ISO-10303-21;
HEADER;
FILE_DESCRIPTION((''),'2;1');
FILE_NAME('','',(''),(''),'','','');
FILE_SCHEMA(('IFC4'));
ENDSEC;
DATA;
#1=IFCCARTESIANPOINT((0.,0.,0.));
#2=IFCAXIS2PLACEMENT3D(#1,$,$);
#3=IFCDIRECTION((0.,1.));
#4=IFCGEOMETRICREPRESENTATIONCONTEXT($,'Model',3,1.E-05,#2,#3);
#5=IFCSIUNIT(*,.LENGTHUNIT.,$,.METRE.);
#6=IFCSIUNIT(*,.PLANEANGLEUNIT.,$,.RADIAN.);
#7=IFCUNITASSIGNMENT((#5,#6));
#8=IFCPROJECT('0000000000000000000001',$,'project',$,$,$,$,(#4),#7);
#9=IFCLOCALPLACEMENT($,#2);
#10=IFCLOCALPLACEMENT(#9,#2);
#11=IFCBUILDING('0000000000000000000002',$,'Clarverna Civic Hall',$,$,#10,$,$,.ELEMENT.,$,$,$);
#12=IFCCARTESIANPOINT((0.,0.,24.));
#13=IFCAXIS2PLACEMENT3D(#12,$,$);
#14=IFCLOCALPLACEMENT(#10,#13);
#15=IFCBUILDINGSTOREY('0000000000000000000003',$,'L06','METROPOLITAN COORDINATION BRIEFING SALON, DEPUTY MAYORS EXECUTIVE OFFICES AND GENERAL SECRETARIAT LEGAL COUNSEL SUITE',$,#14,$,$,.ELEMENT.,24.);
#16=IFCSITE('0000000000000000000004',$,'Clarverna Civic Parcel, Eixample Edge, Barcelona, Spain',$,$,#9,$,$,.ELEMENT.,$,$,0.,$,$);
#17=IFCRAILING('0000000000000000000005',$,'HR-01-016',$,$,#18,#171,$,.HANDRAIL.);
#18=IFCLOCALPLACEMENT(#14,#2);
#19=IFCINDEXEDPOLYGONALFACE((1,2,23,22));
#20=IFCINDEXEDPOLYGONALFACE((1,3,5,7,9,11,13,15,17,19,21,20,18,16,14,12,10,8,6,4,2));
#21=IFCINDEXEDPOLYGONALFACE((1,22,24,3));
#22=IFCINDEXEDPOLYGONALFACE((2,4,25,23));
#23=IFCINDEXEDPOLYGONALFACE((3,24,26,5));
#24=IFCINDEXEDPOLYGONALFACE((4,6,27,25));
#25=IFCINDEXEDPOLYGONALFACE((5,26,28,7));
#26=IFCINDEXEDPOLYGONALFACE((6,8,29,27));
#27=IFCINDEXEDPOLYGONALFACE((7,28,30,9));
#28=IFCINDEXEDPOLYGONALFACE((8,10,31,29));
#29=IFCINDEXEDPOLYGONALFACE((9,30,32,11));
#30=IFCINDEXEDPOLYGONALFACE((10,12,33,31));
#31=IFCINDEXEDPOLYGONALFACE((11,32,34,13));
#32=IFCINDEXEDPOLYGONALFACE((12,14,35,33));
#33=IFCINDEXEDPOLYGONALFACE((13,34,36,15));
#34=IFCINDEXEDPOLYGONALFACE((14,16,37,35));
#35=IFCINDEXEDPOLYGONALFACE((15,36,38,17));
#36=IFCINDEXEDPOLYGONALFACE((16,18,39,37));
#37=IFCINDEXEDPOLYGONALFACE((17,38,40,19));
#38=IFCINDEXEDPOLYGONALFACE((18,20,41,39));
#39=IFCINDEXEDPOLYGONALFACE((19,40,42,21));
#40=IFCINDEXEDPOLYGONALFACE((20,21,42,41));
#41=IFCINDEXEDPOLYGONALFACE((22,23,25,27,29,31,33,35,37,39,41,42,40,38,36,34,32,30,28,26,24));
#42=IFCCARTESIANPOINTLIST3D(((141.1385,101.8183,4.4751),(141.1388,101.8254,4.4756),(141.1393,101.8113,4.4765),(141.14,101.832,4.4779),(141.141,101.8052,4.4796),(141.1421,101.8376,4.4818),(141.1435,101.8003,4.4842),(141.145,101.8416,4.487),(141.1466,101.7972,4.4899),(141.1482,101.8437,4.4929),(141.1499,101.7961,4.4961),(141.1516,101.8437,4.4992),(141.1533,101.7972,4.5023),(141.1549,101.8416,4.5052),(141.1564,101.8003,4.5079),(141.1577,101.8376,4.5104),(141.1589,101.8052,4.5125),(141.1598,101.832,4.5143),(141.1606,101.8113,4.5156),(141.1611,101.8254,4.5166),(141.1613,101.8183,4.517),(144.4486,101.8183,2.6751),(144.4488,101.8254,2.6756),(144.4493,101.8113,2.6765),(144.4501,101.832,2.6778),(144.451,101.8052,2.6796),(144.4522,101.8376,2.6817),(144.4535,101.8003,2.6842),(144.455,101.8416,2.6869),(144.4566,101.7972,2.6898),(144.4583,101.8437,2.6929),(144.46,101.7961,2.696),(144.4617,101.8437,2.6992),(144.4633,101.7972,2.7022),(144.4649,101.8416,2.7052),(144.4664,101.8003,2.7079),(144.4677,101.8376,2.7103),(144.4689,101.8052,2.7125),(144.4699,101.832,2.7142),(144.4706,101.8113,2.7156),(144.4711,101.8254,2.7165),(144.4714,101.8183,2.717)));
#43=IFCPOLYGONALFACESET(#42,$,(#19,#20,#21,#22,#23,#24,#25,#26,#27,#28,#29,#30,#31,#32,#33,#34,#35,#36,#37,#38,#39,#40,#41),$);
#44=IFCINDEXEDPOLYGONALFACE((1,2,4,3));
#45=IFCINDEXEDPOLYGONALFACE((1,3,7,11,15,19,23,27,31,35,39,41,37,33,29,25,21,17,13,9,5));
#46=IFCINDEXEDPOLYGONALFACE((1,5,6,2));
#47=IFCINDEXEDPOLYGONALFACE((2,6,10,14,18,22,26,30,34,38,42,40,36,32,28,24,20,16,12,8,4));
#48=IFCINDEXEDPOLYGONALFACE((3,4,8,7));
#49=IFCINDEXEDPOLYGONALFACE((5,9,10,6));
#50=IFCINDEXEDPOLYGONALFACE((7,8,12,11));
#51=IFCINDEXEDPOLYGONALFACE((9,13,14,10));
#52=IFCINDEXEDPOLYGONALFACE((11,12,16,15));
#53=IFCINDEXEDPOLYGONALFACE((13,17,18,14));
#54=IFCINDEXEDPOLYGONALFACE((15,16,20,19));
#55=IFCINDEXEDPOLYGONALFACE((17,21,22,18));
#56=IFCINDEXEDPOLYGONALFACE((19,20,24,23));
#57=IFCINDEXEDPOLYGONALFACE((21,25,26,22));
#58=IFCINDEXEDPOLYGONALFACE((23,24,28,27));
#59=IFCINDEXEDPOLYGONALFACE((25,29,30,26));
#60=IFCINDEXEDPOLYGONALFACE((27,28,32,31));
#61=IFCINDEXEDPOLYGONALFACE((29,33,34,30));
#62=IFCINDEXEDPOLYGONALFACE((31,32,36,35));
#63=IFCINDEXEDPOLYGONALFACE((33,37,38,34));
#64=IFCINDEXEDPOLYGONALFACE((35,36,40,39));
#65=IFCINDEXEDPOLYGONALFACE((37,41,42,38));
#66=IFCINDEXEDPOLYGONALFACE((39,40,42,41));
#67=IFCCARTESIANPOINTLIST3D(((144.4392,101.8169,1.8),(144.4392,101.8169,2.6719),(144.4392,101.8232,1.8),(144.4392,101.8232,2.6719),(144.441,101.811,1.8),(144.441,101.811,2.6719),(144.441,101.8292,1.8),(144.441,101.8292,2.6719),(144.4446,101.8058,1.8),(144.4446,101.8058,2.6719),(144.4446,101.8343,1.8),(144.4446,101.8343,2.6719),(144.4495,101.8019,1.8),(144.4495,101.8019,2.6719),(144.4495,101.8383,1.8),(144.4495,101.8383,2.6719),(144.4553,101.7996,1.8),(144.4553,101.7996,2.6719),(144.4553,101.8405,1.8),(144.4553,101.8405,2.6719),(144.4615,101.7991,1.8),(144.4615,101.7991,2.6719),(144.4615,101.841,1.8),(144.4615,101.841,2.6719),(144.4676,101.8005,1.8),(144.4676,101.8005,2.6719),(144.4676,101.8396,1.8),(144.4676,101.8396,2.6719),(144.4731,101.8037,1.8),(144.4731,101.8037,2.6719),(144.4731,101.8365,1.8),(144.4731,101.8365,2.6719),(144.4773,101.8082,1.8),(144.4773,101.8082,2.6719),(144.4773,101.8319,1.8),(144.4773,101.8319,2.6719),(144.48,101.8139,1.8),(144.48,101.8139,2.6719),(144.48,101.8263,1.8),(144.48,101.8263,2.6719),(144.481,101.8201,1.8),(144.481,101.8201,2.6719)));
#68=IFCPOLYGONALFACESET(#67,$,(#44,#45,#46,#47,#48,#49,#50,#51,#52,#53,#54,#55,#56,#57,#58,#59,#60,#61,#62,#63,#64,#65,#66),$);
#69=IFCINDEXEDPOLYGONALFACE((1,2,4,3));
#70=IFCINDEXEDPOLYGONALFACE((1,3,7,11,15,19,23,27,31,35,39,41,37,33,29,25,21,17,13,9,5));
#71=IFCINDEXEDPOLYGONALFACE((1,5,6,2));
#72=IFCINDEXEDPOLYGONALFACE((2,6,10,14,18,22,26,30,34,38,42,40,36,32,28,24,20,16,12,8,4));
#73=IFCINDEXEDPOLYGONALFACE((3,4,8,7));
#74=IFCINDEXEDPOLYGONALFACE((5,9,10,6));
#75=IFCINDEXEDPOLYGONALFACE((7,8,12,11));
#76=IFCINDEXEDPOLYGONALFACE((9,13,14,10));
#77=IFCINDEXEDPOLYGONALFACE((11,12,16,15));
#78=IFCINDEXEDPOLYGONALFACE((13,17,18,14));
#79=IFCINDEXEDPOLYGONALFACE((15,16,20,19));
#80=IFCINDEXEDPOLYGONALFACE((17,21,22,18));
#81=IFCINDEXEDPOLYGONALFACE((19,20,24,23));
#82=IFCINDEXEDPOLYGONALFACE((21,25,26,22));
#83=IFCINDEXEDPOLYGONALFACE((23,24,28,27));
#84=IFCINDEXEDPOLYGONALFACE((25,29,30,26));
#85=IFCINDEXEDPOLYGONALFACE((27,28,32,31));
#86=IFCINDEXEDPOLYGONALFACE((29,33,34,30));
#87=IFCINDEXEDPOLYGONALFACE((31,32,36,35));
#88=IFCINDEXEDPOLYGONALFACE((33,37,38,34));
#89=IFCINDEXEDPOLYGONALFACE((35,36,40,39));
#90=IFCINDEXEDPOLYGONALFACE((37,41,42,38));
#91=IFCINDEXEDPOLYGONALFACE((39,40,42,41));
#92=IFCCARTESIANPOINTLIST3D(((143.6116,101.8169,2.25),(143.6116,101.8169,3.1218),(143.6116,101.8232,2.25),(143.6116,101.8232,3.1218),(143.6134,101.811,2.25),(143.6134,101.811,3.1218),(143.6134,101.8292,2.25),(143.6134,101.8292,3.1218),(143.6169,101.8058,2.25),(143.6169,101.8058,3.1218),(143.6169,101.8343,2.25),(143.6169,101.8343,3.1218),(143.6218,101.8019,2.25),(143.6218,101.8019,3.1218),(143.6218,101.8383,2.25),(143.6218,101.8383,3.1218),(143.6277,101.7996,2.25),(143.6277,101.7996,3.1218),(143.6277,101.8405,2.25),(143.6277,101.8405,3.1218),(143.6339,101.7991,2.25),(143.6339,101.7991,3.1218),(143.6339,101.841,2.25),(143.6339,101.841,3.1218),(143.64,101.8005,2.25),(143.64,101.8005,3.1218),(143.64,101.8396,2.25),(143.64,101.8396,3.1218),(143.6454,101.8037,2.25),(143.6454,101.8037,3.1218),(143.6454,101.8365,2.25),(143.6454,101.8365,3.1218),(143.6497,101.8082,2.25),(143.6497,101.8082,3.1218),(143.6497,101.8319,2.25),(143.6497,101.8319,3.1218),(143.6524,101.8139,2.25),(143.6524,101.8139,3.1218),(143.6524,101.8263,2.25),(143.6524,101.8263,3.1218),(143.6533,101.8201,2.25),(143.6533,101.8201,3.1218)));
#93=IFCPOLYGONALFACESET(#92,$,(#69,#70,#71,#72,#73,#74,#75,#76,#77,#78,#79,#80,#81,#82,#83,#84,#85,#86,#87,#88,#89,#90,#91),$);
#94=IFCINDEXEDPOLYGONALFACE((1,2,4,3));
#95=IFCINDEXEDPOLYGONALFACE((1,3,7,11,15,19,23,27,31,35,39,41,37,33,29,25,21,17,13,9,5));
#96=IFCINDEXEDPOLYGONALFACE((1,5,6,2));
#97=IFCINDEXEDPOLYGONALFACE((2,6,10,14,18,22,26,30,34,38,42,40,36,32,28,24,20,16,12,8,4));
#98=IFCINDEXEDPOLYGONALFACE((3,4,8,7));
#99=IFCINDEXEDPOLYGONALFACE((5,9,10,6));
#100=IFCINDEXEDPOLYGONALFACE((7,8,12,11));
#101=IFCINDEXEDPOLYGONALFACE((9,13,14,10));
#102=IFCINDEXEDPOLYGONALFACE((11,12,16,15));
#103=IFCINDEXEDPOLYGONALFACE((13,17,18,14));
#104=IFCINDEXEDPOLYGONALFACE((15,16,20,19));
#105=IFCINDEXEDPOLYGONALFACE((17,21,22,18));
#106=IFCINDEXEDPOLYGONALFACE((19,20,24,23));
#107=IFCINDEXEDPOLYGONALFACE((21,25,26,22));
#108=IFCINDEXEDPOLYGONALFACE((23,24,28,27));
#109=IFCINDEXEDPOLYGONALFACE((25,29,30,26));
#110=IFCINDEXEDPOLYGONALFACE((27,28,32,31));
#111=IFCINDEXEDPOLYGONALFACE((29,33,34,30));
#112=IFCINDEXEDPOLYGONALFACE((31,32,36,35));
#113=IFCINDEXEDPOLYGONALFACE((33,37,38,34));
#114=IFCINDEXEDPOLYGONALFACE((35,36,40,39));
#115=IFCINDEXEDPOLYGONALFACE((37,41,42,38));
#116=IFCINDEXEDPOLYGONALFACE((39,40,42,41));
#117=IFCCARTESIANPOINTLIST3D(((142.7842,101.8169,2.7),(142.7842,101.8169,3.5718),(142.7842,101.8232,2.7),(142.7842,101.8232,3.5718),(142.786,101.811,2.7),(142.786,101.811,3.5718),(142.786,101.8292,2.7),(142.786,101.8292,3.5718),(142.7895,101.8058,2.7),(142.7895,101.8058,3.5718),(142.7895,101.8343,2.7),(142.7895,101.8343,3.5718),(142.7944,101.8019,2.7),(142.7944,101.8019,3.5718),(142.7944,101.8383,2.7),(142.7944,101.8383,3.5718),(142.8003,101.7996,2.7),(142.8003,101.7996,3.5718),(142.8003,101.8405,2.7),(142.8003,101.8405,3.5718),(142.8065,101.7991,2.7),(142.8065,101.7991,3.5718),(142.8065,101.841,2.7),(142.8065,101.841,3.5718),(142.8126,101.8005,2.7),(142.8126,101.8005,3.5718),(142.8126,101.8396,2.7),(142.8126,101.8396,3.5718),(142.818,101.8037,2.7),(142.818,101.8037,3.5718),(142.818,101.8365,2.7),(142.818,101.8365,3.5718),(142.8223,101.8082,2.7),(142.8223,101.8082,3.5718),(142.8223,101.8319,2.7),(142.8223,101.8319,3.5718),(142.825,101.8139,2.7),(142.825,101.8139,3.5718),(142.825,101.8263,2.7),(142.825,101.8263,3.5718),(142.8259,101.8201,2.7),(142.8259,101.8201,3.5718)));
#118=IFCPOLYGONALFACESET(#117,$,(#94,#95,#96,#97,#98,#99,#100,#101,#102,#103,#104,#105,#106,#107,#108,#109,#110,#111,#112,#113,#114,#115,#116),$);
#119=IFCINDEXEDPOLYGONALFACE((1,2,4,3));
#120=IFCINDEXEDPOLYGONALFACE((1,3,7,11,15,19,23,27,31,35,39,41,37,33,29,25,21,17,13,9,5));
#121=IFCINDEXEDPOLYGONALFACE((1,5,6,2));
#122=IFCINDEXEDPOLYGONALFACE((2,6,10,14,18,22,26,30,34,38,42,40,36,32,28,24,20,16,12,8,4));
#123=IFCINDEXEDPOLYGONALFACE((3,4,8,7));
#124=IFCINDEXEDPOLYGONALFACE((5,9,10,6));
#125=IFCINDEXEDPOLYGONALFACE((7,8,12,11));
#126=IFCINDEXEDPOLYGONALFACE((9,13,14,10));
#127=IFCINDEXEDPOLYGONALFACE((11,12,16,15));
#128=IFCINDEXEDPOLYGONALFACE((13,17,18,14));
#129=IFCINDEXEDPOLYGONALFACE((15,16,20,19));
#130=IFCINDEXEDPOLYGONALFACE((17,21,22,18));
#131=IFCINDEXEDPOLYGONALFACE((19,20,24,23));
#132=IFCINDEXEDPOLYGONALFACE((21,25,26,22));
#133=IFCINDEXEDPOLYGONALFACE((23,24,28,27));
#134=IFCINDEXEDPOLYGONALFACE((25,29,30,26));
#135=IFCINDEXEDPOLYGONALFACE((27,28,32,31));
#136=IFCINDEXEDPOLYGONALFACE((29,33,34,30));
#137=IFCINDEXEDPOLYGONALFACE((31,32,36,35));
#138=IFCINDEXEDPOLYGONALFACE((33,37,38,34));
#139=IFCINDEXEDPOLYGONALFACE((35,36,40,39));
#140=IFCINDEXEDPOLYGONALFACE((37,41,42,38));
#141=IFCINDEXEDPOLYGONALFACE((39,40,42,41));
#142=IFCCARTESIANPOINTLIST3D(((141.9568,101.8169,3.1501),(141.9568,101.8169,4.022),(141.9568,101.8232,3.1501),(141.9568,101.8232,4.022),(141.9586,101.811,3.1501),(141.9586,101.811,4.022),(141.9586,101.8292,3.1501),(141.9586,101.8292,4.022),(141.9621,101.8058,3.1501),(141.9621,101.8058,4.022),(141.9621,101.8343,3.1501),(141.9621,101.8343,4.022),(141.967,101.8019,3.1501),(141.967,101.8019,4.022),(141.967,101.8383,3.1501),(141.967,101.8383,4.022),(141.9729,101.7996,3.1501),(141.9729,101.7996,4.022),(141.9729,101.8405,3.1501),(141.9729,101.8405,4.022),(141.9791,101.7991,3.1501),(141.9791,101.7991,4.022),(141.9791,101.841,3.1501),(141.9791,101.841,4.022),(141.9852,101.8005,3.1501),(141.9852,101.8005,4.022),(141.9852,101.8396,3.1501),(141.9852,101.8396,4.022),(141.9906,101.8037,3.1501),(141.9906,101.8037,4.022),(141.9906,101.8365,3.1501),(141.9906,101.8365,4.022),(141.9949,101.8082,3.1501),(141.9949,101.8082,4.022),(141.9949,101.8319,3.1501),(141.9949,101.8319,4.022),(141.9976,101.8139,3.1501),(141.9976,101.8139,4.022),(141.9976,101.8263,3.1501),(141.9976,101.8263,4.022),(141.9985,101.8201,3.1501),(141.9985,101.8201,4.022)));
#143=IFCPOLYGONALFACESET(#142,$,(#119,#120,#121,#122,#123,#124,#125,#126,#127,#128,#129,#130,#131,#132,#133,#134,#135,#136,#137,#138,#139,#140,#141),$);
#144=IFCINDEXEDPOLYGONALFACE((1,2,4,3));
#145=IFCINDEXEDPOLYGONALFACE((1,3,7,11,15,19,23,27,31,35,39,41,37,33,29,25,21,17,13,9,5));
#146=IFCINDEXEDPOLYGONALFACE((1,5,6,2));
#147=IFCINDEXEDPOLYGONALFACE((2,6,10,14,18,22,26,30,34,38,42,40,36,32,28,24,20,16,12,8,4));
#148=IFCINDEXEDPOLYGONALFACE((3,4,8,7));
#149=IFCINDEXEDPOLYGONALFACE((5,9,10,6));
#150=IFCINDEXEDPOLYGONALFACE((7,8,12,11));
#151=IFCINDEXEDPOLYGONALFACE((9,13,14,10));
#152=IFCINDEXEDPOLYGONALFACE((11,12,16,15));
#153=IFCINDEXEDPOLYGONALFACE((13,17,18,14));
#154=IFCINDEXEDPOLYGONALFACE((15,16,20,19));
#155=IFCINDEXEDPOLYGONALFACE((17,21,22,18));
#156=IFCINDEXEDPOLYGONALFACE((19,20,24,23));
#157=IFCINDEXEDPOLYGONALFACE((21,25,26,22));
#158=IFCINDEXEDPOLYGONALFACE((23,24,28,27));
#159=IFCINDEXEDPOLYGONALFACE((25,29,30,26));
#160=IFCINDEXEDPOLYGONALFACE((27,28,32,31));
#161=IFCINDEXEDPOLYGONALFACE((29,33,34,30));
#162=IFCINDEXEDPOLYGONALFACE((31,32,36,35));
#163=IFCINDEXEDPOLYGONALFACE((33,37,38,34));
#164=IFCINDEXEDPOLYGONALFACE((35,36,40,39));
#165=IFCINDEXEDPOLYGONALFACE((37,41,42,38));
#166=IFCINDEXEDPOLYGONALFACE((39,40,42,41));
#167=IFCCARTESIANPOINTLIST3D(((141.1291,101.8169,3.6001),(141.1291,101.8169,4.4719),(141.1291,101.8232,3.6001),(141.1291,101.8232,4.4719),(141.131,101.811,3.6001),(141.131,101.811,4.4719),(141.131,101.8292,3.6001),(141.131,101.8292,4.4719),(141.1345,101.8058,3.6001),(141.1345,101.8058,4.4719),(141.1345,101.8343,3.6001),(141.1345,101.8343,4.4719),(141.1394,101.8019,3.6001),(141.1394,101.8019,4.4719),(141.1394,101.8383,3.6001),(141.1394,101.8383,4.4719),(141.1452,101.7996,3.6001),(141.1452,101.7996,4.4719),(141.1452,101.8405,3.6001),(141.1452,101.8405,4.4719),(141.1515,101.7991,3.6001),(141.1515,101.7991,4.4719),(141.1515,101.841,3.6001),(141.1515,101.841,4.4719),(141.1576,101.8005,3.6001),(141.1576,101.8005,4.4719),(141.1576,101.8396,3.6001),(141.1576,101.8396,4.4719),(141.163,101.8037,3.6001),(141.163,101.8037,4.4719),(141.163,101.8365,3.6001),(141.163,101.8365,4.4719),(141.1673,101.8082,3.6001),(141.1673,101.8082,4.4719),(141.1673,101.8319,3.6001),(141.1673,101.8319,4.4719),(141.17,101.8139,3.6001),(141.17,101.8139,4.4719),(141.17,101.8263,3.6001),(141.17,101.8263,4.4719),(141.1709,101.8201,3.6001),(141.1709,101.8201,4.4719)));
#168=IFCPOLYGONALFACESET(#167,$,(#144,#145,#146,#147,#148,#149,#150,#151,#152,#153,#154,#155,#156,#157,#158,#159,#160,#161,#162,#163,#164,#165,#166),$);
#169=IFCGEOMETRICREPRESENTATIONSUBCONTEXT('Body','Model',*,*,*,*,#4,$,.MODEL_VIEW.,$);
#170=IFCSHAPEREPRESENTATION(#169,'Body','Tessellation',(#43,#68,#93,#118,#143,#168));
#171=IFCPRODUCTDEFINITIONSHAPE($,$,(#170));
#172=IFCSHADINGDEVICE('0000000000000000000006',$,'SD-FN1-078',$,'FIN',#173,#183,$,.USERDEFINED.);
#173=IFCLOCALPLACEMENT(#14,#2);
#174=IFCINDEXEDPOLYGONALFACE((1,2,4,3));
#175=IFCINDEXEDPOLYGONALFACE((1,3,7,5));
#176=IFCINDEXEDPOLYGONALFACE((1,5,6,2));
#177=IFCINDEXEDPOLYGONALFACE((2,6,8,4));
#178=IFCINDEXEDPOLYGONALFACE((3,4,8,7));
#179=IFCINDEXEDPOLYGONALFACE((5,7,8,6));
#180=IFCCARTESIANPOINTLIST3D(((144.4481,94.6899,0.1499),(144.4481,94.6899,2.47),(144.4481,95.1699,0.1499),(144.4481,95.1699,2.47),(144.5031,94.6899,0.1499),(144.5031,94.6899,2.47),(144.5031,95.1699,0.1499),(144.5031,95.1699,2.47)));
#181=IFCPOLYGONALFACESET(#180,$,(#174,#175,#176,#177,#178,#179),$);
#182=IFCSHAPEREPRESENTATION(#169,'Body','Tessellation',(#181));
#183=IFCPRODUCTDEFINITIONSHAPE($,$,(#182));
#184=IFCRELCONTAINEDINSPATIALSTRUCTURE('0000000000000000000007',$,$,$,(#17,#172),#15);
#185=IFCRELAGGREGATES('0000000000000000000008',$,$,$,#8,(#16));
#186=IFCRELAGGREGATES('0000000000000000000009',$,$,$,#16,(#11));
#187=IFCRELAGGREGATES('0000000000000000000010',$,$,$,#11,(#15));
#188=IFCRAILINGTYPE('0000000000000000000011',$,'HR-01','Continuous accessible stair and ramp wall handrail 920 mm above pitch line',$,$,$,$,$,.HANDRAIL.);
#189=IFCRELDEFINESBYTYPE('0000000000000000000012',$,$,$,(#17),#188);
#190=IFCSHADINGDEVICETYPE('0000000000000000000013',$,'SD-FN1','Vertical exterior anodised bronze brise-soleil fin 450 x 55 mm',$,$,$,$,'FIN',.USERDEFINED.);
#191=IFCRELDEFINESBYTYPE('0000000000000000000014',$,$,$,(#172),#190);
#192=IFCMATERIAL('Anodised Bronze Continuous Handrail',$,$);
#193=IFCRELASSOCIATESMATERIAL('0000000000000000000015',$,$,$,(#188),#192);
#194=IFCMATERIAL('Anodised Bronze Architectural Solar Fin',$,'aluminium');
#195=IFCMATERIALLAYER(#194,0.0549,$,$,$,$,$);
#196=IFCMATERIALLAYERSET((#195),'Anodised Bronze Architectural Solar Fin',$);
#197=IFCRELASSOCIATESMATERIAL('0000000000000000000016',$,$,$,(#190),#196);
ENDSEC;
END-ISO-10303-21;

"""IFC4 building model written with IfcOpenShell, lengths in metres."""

from ifc_helpers import new_model, si_unit, direction, frame, frame_2d, origin, origin_2d, place, context, subcontext, project, spatial, rectangle, circle, extrude, material, layer, layer_set, type_object, element, save


model = new_model("IFC4")

# Units and contexts
model_context = context("Model", 3, precision=1e-05, world=origin(), true_north=direction((0.0, 1.0)))
body_context = subcontext(model_context, "Body", "Model", "MODEL_VIEW")
ifc_project = project(units=[si_unit("LENGTHUNIT", "METRE"), si_unit("PLANEANGLEUNIT", "RADIAN")], contexts=[model_context])

# Site, building, storey
site_placement = place(None, origin())
site = spatial("IfcSite", under=ifc_project, at=site_placement, Name="Clarverna Civic Parcel, Eixample Edge, Barcelona, Spain", CompositionType="ELEMENT", RefElevation=0.0)
building_placement = place(site_placement, origin())
building = spatial("IfcBuilding", under=site, at=building_placement, Name="Clarverna Civic Hall", CompositionType="ELEMENT")
storey_placement = place(building_placement, frame((0.0, 0.0, 24.0)))
storey = spatial("IfcBuildingStorey", under=building, at=storey_placement, Name="L06", Description="METROPOLITAN COORDINATION BRIEFING SALON, DEPUTY MAYORS EXECUTIVE OFFICES AND GENERAL SECRETARIAT LEGAL COUNSEL SUITE", CompositionType="ELEMENT", Elevation=24.0)

# Railing
ifc_material_1 = material(Name="Anodised Bronze Continuous Handrail")
railing_type_1 = type_object("IfcRailingType", Name="HR-01", Description="Continuous accessible stair and ramp wall handrail 920 mm above pitch line", PredefinedType="HANDRAIL", material=ifc_material_1)
railing_1_placement = place(storey_placement, frame((144.46, 101.8201, 1.8)))
element("IfcRailing", 1, at=railing_1_placement, inside=storey, type_object=railing_type_1, Name="HR-01-016", PredefinedType="HANDRAIL", context=body_context, shape_type="SweptSolid", body=[
    extrude(circle(Radius=0.0239, at=origin_2d()), frame((0.0, 0.0, 0.896), z_axis=(-0.878502, 0.0, 0.477739), x_axis=(0.0, -1.0, 0.0)), (0.0, 0.0, 1.0), 3.7678),
    extrude(circle(Radius=0.021, at=origin_2d()), origin(), (0.0, 0.0, 1.0), 0.8718),
    extrude(circle(Radius=0.021, at=origin_2d()), frame((-0.8276, 0.0, 0.45)), (0.0, 0.0, 1.0), 0.8718),
    extrude(circle(Radius=0.021, at=origin_2d()), frame((-1.655, 0.0, 0.8999)), (0.0, 0.0, 1.0), 0.8718),
    extrude(circle(Radius=0.021, at=origin_2d()), frame((-2.4824, 0.0, 1.3501)), (0.0, 0.0, 1.0), 0.8718),
    extrude(circle(Radius=0.021, at=origin_2d()), frame((-3.3101, 0.0, 1.8)), (0.0, 0.0, 1.0), 0.8718),
])

# Shading device
ifc_material_2 = material(Name="Anodised Bronze Architectural Solar Fin", Category="aluminium")
ifc_layer_1 = layer(ifc_material_2, 0.0549)
ifc_layer_set_1 = layer_set([ifc_layer_1], Name="Anodised Bronze Architectural Solar Fin")
shading_device_type = type_object("IfcShadingDeviceType", Name="SD-FN1", Description="Vertical exterior anodised bronze brise-soleil fin 450 x 55 mm", ElementType="FIN", PredefinedType="USERDEFINED", material=ifc_layer_set_1)
shading_device_placement = place(storey_placement, frame((144.4756, 95.1699, 0.1499), z_axis=(0.0, 0.0, 1.0), x_axis=(0.0, -1.0, 0.0)))
element("IfcShadingDevice", 2, at=shading_device_placement, inside=storey, type_object=shading_device_type, Name="SD-FN1-078", ObjectType="FIN", PredefinedType="USERDEFINED", context=body_context, shape_type="SweptSolid", body=[
    extrude(rectangle(XDim=0.48, YDim=0.0549, at=frame_2d((0.24, 0.0))), origin(), (0.0, 0.0, 1.0), 2.3201),
])

save(model, "model.ifc")
